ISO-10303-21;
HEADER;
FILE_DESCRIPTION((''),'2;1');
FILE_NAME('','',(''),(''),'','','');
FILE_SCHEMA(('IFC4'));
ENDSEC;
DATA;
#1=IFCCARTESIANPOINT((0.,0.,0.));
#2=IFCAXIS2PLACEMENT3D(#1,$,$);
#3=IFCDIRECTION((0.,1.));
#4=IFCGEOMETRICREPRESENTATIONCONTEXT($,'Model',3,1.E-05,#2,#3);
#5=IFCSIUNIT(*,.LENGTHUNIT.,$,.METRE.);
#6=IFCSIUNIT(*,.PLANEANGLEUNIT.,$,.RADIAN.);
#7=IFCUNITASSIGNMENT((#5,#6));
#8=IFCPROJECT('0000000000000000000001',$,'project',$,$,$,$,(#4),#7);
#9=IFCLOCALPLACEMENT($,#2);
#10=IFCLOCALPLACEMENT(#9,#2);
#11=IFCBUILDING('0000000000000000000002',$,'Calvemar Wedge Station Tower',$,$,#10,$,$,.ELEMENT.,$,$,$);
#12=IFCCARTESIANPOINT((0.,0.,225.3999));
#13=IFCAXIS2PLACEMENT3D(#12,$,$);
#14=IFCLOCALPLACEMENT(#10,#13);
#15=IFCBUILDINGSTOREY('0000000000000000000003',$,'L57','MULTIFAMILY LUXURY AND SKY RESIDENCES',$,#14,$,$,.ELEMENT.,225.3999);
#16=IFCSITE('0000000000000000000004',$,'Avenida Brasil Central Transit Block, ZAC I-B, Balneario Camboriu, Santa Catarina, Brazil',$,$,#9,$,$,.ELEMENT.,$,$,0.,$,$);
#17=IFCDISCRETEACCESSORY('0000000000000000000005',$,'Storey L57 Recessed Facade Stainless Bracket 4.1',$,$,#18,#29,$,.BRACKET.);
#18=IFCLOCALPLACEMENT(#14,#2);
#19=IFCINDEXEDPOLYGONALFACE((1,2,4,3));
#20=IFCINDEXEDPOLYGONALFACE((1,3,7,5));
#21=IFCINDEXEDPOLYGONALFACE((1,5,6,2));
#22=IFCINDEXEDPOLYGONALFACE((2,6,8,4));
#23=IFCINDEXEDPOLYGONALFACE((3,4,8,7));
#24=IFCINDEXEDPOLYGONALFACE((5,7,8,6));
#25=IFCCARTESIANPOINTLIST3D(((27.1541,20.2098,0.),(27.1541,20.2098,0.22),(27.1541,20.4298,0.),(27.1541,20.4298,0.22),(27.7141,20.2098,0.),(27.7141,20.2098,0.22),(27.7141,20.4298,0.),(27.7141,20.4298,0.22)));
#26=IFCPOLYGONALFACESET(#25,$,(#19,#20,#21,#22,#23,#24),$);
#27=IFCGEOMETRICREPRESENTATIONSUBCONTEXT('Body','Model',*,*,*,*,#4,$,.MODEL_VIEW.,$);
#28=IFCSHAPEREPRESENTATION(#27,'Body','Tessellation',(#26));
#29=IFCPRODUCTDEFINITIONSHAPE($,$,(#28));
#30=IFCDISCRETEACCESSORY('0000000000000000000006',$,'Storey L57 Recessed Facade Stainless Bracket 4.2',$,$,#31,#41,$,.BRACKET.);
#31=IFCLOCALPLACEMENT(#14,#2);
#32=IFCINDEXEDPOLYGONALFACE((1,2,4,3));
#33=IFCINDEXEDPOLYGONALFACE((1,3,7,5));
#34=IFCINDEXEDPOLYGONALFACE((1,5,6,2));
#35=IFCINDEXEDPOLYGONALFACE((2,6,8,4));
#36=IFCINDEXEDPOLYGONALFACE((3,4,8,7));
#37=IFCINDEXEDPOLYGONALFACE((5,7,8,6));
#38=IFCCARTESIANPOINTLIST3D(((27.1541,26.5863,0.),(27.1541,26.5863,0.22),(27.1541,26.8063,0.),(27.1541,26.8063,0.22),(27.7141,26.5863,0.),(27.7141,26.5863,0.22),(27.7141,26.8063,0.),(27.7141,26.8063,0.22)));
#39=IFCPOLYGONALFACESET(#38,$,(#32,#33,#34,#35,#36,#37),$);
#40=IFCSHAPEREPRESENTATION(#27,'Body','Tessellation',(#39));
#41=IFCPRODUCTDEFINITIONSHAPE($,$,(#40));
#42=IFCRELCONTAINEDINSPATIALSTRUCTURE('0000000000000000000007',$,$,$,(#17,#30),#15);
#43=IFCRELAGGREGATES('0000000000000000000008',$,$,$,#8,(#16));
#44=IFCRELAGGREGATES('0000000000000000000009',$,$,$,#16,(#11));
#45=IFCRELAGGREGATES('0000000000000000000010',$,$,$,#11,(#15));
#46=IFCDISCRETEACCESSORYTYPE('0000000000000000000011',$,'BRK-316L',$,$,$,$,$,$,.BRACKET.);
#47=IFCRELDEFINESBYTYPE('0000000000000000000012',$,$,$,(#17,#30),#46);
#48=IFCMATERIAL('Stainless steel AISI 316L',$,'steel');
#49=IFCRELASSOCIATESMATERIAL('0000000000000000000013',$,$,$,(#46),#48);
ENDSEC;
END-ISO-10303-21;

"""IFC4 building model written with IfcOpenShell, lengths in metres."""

from ifc_helpers import new_model, si_unit, direction, frame, origin, origin_2d, place, context, subcontext, project, spatial, rectangle, extrude, source, transform, mapped, material, type_object, element, save


model = new_model("IFC4")

# Units and contexts
model_context = context("Model", 3, precision=1e-05, world=origin(), true_north=direction((0.0, 1.0)))
body_context = subcontext(model_context, "Body", "Model", "MODEL_VIEW")
ifc_project = project(units=[si_unit("LENGTHUNIT", "METRE"), si_unit("PLANEANGLEUNIT", "RADIAN")], contexts=[model_context])

# Site, building, storey
site_placement = place(None, origin())
site = spatial("IfcSite", under=ifc_project, at=site_placement, Name="Avenida Brasil Central Transit Block, ZAC I-B, Balneario Camboriu, Santa Catarina, Brazil", CompositionType="ELEMENT", RefElevation=0.0)
building_placement = place(site_placement, origin())
building = spatial("IfcBuilding", under=site, at=building_placement, Name="Calvemar Wedge Station Tower", CompositionType="ELEMENT")
storey_placement = place(building_placement, frame((0.0, 0.0, 225.3999)))
storey = spatial("IfcBuildingStorey", under=building, at=storey_placement, Name="L57", Description="MULTIFAMILY LUXURY AND SKY RESIDENCES", CompositionType="ELEMENT", Elevation=225.3999)

# Discrete accessories
ifc_material_1 = material(Name="Stainless steel AISI 316L", Category="steel")
discrete_accessory_type = type_object("IfcDiscreteAccessoryType", Name="BRK-316L", PredefinedType="BRACKET", material=ifc_material_1)
shared_shape_1 = source(origin(), body_context, "Body", "SweptSolid", [
    extrude(rectangle(XDim=0.22, YDim=0.5601, at=origin_2d()), origin(), (0.0, 0.0, 1.0), 0.22),
])
for number, where, z_axis, x_axis, name in (
    (1, (27.4341, 20.3198, 0.0), (0.0, 0.0, 1.0), (0.0, 1.0, 0.0), "Storey L57 Recessed Facade Stainless Bracket 4.1"),
    (2, (27.4341, 26.6963, 0.0), (0.0, 0.0, 1.0), (0.0, 1.0, 0.0), "Storey L57 Recessed Facade Stainless Bracket 4.2"),
):
    element("IfcDiscreteAccessory", number, at=place(storey_placement, frame(where, z_axis=z_axis, x_axis=x_axis)), inside=storey, type_object=discrete_accessory_type, Name=name, PredefinedType="BRACKET", context=body_context, shape_type="MappedRepresentation", body=[
        mapped(shared_shape_1, transform((0.0, 0.0, 0.0), scale=1.0)),
    ])

save(model, "model.ifc")
